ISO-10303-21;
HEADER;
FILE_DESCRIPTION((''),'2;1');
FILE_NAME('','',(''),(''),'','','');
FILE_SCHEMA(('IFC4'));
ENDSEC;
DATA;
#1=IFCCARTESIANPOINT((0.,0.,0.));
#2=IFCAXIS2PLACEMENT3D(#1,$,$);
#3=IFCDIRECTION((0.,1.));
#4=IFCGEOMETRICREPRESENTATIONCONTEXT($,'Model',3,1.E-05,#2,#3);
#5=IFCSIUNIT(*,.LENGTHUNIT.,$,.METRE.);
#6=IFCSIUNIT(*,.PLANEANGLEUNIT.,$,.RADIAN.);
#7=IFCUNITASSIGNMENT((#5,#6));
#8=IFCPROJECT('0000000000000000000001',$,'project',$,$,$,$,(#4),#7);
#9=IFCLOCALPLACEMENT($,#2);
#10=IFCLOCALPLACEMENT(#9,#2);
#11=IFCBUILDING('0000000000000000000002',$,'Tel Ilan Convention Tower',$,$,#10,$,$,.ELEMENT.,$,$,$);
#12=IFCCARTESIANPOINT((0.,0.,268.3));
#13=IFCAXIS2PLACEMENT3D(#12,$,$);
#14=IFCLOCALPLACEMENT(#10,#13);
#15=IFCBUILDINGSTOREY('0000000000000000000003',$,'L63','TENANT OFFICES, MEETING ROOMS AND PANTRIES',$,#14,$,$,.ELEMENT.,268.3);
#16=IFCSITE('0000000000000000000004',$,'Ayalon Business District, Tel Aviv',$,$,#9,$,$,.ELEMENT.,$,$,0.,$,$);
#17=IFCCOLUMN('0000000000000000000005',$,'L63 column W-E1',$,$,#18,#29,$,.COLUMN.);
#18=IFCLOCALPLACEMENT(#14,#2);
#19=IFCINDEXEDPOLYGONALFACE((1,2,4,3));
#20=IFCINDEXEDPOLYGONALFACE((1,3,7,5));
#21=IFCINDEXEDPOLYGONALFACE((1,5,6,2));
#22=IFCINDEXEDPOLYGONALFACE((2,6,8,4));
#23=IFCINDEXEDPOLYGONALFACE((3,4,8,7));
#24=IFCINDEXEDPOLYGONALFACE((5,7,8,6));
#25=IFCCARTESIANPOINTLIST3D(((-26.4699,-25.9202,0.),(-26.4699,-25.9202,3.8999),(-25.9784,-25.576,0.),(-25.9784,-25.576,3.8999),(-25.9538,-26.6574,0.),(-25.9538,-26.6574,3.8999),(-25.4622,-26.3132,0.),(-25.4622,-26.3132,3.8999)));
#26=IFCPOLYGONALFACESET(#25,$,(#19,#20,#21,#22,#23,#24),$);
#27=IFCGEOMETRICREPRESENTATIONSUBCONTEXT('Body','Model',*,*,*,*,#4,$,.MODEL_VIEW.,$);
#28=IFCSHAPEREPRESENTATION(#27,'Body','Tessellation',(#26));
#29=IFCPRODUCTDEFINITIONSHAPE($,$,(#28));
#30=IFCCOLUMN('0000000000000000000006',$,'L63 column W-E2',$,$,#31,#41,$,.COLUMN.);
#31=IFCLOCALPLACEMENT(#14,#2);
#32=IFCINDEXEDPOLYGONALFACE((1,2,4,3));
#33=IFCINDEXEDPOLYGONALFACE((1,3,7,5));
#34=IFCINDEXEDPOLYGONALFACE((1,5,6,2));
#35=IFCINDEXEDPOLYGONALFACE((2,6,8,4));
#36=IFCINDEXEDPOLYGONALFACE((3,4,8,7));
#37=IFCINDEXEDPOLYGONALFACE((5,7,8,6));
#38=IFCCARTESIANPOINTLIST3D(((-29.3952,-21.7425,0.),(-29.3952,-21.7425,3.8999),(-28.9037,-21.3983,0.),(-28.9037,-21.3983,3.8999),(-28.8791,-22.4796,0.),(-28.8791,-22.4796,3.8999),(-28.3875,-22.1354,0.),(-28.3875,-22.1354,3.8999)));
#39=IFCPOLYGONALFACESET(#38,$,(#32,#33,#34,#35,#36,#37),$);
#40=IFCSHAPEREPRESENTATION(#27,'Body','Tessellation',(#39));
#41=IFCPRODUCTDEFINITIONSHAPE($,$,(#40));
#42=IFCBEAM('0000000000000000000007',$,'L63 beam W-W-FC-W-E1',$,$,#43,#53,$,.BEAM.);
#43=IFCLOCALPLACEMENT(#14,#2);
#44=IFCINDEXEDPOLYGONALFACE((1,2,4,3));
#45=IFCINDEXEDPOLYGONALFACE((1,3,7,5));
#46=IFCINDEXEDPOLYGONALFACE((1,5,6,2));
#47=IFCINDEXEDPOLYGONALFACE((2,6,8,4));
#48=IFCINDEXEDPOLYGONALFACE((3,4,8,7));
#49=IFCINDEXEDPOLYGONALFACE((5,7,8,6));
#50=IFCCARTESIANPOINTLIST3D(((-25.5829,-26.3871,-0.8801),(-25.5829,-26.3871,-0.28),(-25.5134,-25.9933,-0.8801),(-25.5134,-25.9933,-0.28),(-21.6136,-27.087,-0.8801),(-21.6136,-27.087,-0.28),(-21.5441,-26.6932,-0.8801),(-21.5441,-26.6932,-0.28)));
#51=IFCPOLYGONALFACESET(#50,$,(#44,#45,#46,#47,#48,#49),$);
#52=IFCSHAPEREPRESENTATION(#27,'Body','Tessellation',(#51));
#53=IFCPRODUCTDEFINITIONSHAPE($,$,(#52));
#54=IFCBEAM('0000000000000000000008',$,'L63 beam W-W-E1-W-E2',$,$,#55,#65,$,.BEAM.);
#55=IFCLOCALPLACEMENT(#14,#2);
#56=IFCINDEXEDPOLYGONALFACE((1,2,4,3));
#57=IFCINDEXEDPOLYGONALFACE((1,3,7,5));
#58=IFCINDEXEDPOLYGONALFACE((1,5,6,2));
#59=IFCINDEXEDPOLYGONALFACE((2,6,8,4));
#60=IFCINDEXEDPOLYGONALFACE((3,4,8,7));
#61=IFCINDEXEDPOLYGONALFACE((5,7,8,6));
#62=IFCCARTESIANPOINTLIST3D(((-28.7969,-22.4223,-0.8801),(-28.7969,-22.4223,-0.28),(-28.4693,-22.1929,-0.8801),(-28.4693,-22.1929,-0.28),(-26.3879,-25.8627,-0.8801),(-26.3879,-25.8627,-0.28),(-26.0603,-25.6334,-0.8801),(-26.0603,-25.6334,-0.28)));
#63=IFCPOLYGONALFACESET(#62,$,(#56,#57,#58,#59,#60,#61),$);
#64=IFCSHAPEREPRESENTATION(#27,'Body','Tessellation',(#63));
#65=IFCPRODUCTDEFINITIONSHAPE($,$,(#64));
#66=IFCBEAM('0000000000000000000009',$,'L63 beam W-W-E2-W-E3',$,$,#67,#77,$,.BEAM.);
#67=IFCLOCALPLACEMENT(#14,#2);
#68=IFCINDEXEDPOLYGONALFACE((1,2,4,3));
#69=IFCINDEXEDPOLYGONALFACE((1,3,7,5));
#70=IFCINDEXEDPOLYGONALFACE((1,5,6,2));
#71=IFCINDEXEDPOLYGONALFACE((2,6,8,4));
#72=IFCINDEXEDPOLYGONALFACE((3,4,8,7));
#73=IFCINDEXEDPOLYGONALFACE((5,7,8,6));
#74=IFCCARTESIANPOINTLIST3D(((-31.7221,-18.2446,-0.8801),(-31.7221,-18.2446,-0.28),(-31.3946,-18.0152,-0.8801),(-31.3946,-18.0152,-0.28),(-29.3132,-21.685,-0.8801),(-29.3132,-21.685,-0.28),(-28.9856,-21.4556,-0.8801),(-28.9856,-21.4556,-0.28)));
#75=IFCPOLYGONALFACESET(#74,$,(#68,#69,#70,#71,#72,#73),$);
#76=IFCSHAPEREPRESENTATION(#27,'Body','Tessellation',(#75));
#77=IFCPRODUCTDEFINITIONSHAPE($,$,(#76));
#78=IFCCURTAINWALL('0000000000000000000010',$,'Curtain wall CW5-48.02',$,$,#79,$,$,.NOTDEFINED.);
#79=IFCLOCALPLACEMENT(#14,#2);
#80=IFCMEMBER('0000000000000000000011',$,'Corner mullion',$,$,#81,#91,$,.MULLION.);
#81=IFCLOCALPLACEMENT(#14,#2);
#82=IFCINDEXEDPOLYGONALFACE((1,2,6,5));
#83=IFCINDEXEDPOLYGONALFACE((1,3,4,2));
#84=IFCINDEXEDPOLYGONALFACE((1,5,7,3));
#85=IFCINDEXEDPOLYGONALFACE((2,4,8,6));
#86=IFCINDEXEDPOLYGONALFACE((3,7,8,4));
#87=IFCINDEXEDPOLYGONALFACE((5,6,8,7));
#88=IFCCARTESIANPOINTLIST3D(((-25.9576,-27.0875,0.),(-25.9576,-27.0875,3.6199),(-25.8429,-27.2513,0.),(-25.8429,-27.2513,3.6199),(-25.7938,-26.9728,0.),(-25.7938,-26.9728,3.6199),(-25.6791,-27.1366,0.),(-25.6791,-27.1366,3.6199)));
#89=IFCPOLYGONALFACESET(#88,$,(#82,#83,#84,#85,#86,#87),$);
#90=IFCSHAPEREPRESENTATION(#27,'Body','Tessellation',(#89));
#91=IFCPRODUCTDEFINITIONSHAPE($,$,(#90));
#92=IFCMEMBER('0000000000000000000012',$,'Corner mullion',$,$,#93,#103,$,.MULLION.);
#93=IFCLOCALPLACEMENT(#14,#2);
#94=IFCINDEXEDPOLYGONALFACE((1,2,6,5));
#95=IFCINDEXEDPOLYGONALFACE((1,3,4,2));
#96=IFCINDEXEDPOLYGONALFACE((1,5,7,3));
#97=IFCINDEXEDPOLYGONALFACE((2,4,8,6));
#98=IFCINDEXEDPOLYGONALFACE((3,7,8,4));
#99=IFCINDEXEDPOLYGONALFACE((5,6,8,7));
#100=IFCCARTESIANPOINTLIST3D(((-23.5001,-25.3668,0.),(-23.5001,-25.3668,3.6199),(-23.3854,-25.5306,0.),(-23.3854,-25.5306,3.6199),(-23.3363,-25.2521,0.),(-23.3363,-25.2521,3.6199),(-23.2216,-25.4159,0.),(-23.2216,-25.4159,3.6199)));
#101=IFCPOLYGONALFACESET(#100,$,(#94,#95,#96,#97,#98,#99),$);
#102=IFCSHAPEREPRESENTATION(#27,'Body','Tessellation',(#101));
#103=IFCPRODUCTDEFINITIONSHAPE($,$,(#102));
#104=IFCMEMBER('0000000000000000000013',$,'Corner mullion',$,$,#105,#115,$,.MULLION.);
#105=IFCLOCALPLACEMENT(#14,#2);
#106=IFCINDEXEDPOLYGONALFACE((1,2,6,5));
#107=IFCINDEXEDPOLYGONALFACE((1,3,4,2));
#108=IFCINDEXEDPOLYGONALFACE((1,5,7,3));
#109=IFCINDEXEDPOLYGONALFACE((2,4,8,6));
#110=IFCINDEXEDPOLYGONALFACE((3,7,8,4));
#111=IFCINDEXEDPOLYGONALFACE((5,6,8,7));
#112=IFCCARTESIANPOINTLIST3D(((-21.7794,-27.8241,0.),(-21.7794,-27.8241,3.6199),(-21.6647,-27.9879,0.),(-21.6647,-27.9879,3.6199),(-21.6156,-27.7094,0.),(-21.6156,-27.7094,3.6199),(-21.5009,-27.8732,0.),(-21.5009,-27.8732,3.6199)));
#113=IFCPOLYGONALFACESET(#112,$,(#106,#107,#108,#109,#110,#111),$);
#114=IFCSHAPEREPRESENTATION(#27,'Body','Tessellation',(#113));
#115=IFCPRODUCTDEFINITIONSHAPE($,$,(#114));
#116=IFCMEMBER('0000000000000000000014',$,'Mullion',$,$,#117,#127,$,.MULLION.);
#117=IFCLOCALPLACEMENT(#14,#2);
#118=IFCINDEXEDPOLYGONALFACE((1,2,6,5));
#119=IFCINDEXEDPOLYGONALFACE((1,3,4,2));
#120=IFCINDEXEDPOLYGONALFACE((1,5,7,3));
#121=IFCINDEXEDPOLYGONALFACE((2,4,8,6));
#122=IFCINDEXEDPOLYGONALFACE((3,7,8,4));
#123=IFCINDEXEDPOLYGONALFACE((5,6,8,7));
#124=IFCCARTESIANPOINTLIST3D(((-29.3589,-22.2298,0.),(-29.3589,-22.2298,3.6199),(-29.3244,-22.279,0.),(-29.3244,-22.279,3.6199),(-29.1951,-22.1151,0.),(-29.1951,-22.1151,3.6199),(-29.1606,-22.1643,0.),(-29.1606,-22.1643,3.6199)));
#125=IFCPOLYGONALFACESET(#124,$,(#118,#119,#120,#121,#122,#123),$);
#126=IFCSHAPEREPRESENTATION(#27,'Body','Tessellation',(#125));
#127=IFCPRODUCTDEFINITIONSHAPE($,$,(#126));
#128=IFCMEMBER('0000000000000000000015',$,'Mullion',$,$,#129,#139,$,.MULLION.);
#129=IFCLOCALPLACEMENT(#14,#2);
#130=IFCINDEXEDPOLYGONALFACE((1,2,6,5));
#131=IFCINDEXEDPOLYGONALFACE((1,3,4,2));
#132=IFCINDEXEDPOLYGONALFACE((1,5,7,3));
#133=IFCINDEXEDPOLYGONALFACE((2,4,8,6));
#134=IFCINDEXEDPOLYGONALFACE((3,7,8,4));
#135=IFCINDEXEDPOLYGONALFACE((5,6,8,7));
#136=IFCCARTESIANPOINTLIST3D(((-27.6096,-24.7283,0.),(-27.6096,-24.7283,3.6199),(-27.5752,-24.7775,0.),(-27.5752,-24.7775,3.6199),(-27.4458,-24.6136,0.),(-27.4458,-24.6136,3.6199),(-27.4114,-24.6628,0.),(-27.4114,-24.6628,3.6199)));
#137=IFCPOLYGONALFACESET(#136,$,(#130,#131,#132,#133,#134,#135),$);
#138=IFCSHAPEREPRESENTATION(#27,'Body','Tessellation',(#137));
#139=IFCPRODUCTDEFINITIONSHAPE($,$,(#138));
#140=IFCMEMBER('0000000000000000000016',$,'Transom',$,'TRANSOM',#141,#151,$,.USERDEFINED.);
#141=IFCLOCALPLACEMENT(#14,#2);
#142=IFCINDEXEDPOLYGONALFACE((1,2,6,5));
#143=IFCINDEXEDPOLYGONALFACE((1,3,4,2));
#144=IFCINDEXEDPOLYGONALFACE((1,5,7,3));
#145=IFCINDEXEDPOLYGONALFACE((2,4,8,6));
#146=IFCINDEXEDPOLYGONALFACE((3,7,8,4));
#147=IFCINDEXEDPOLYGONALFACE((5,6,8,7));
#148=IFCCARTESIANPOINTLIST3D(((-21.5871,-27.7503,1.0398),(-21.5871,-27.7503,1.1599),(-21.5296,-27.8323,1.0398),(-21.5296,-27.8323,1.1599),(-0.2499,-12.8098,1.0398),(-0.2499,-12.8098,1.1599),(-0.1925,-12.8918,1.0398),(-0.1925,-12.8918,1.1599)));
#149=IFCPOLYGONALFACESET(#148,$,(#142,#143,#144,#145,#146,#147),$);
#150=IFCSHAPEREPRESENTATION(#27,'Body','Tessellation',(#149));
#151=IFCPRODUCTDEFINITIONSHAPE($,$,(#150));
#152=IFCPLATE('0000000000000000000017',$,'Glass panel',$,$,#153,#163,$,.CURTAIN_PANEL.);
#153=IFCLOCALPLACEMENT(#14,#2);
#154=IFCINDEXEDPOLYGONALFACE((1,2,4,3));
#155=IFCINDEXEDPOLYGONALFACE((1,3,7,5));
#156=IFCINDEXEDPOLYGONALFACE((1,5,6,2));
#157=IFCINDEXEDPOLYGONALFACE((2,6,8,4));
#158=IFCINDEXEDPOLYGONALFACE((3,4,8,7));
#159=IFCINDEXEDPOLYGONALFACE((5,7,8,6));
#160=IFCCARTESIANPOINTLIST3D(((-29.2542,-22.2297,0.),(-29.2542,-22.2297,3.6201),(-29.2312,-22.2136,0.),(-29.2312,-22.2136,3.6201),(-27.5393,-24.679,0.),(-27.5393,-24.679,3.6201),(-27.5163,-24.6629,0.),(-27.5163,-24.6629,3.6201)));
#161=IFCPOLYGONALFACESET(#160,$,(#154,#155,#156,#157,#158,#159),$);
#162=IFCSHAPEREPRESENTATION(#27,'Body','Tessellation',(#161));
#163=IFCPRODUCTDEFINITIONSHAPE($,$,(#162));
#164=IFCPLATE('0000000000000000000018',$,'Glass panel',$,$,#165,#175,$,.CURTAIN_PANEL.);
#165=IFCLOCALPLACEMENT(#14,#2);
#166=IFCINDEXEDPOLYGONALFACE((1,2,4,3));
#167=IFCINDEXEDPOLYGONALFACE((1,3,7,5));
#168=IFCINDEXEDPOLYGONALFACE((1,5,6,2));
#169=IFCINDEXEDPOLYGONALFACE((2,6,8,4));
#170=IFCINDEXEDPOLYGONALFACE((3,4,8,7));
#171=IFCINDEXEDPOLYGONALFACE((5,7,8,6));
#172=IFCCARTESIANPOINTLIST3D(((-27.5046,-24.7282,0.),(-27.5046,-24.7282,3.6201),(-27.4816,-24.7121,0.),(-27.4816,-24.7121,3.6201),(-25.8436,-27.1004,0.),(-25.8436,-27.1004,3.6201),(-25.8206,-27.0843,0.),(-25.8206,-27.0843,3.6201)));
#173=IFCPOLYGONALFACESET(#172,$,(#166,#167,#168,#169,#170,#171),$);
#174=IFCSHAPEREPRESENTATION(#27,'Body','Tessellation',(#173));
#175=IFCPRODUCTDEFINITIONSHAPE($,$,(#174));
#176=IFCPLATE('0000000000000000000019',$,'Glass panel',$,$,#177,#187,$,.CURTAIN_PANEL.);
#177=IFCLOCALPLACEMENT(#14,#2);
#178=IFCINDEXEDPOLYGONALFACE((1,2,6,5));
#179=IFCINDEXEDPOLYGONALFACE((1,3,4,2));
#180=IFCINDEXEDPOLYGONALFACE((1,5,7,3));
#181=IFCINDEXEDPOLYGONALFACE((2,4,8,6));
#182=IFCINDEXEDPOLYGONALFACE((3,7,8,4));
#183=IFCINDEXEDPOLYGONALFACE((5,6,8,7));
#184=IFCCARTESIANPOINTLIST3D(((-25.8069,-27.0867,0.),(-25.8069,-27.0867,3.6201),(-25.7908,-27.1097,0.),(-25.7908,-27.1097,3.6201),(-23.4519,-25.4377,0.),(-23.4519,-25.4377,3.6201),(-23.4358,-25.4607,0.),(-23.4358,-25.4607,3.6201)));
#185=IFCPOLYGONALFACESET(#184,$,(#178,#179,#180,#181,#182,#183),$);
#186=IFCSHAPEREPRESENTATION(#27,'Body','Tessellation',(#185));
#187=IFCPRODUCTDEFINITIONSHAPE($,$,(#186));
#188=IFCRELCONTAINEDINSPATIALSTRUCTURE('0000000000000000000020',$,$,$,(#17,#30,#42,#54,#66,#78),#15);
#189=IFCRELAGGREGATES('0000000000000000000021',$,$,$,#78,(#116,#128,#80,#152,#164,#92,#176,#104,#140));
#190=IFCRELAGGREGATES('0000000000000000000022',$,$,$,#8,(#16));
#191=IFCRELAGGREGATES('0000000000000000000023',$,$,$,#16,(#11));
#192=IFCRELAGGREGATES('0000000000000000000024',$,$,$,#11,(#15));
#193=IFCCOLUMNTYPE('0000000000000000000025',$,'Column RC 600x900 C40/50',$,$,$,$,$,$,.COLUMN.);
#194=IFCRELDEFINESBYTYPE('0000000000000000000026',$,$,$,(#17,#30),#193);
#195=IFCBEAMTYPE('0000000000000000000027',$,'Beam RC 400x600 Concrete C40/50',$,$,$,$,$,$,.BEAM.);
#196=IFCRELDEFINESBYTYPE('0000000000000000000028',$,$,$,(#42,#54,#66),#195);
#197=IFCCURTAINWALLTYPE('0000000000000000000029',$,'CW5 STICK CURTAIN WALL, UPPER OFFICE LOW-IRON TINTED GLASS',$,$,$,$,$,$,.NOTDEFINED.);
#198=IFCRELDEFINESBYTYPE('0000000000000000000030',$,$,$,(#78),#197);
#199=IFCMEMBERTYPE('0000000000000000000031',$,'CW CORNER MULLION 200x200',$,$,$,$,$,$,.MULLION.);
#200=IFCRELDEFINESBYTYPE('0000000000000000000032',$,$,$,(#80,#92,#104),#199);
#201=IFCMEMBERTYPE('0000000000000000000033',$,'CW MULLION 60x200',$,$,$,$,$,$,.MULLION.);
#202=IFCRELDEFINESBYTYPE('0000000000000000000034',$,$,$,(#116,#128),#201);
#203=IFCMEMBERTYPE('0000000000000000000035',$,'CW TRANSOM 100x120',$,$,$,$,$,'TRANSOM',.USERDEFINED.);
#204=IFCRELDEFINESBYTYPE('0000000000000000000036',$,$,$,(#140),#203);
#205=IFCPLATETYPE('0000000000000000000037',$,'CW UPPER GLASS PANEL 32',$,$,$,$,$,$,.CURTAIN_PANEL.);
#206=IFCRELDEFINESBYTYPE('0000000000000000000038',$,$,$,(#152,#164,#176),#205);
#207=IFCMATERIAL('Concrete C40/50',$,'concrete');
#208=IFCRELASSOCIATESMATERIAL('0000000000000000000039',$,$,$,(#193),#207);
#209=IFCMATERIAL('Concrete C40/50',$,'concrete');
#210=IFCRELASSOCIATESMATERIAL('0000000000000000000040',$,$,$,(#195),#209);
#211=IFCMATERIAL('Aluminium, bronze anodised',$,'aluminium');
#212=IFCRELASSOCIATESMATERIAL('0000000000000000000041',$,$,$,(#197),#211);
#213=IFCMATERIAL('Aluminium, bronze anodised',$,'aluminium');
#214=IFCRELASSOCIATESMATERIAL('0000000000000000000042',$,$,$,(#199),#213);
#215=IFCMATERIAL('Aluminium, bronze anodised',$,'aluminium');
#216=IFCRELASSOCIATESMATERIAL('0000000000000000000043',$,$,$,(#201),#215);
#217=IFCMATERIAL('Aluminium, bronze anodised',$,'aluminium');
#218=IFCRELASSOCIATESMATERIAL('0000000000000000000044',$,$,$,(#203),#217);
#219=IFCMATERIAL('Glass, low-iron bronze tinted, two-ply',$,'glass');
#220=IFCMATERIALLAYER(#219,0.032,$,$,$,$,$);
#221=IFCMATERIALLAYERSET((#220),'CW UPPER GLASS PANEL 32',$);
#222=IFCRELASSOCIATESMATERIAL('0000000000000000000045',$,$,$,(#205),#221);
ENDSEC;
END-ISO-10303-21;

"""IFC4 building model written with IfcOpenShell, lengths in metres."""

from ifc_helpers import new_model, si_unit, direction, frame, origin, origin_2d, place, context, subcontext, project, spatial, rectangle, extrude, material, layer, layer_set, material_profile, profile_set, type_object, element, aggregate, save


model = new_model("IFC4")

# Units and contexts
model_context = context("Model", 3, precision=1e-05, world=origin(), true_north=direction((0.0, 1.0)))
body_context = subcontext(model_context, "Body", "Model", "MODEL_VIEW")
ifc_project = project(units=[si_unit("LENGTHUNIT", "METRE"), si_unit("PLANEANGLEUNIT", "RADIAN")], contexts=[model_context])

# Site, building, storey
site_placement = place(None, origin())
site = spatial("IfcSite", under=ifc_project, at=site_placement, Name="Ayalon Business District, Tel Aviv", CompositionType="ELEMENT", RefElevation=0.0)
building_placement = place(site_placement, origin())
building = spatial("IfcBuilding", under=site, at=building_placement, Name="Tel Ilan Convention Tower", CompositionType="ELEMENT")
storey_placement = place(building_placement, frame((0.0, 0.0, 268.3)))
storey = spatial("IfcBuildingStorey", under=building, at=storey_placement, Name="L63", Description="TENANT OFFICES, MEETING ROOMS AND PANTRIES", CompositionType="ELEMENT", Elevation=268.3)

# Columns
ifc_material_1 = material(Name="Concrete C40/50", Category="concrete")
ifc_material_profile_1 = material_profile(ifc_material_1, rectangle(XDim=0.8999, YDim=0.6001, at=origin_2d()), Name="RC 600x900")
ifc_profile_set_1 = profile_set([ifc_material_profile_1], Name="Concrete C40/50")
column_type = type_object("IfcColumnType", Name="Column RC 600x900 C40/50", PredefinedType="COLUMN", material=ifc_profile_set_1)
for number, where, z_axis, x_axis, name in (
    (1, (-25.9661, -26.1167, 0.0), (0.0, 0.0, 1.0), (-0.573576, 0.819152, 0.0), "L63 column W-E1"),
    (2, (-28.8914, -21.939, 0.0), (0.0, 0.0, 1.0), (-0.573576, 0.819152, 0.0), "L63 column W-E2"),
):
    element("IfcColumn", number, at=place(storey_placement, frame(where, z_axis=z_axis, x_axis=x_axis)), inside=storey, type_object=column_type, Name=name, PredefinedType="COLUMN", context=body_context, shape_type="SweptSolid", body=[
        extrude(rectangle(XDim=0.8999, YDim=0.6001, at=origin_2d()), origin(), (0.0, 0.0, 1.0), 3.8999),
    ])

# Beams
ifc_material_2 = material(Name="Concrete C40/50", Category="concrete")
ifc_material_profile_2 = material_profile(ifc_material_2, rectangle(XDim=0.3999, YDim=0.6001, at=origin_2d()), Name="RC 400x600")
ifc_profile_set_2 = profile_set([ifc_material_profile_2], Name="Concrete C40/50")
beam_type = type_object("IfcBeamType", Name="Beam RC 400x600 Concrete C40/50", PredefinedType="BEAM", material=ifc_profile_set_2)
beam_placement = place(storey_placement, frame((-21.5789, -26.8901, -0.5801), z_axis=(-0.984805, 0.173664, 0.0), x_axis=(-0.173664, -0.984805, 0.0)))
element("IfcBeam", 3, at=beam_placement, inside=storey, type_object=beam_type, Name="L63 beam W-W-FC-W-E1", PredefinedType="BEAM", context=body_context, shape_type="SweptSolid", body=[
    extrude(rectangle(XDim=0.3999, YDim=0.6001, at=origin_2d()), origin(), (0.0, 0.0, 1.0), 4.0305),
])
for number, where, z_axis, x_axis, name in (
    (4, (-26.2241, -25.748, -0.5801), (-0.573564, 0.819161, 0.0), (-0.819161, -0.573564, 0.0), "L63 beam W-W-E1-W-E2"),
    (5, (-29.1494, -21.5703, -0.5801), (-0.573564, 0.819161, 0.0), (-0.819161, -0.573564, 0.0), "L63 beam W-W-E2-W-E3"),
):
    element("IfcBeam", number, at=place(storey_placement, frame(where, z_axis=z_axis, x_axis=x_axis)), inside=storey, type_object=beam_type, Name=name, PredefinedType="BEAM", context=body_context, shape_type="SweptSolid", body=[
        extrude(rectangle(XDim=0.3999, YDim=0.6001, at=origin_2d()), origin(), (0.0, 0.0, 1.0), 4.2),
    ])

# Curtain wall, members, plates
ifc_material_3 = material(Name="Aluminium, bronze anodised", Category="aluminium")
curtain_wall_type = type_object("IfcCurtainWallType", Name="CW5 STICK CURTAIN WALL, UPPER OFFICE LOW-IRON TINTED GLASS", PredefinedType="NOTDEFINED", material=ifc_material_3)
curtain_wall_placement = place(storey_placement, origin())
curtain_wall = element("IfcCurtainWall", 6, at=curtain_wall_placement, inside=storey, type_object=curtain_wall_type, Name="Curtain wall CW5-48.02", PredefinedType="NOTDEFINED")
ifc_material_4 = material(Name="Aluminium, bronze anodised", Category="aluminium")
ifc_material_profile_3 = material_profile(ifc_material_4, rectangle(XDim=0.2, YDim=0.2, at=origin_2d()), Name="CW CORNER MULLION 200x200")
ifc_profile_set_3 = profile_set([ifc_material_profile_3], Name="Aluminium, bronze anodised")
member_type_1 = type_object("IfcMemberType", Name="CW CORNER MULLION 200x200", PredefinedType="MULLION", material=ifc_profile_set_3)
member_1_placement = place(storey_placement, frame((-25.8184, -27.1121, 0.0), z_axis=(0.0, 0.0, 1.0), x_axis=(0.573576, -0.819152, 0.0)))
member_1 = element("IfcMember", 7, at=member_1_placement, type_object=member_type_1, Name="Corner mullion", PredefinedType="MULLION", context=body_context, shape_type="SweptSolid", body=[
    extrude(rectangle(XDim=0.2, YDim=0.2, at=origin_2d()), origin(), (0.0, 0.0, 1.0), 3.6199),
])
member_2_placement = place(storey_placement, frame((-23.3608, -25.3914, 0.0), z_axis=(0.0, 0.0, 1.0), x_axis=(0.819152, 0.573576, 0.0)))
member_2 = element("IfcMember", 8, at=member_2_placement, type_object=member_type_1, Name="Corner mullion", PredefinedType="MULLION", context=body_context, shape_type="SweptSolid", body=[
    extrude(rectangle(XDim=0.2, YDim=0.2, at=origin_2d()), origin(), (0.0, 0.0, 1.0), 3.6199),
])
member_3_placement = place(storey_placement, frame((-21.6401, -27.8486, 0.0), z_axis=(0.0, 0.0, 1.0), x_axis=(0.573576, -0.819152, 0.0)))
member_3 = element("IfcMember", 9, at=member_3_placement, type_object=member_type_1, Name="Corner mullion", PredefinedType="MULLION", context=body_context, shape_type="SweptSolid", body=[
    extrude(rectangle(XDim=0.2, YDim=0.2, at=origin_2d()), origin(), (0.0, 0.0, 1.0), 3.6199),
])
ifc_material_5 = material(Name="Aluminium, bronze anodised", Category="aluminium")
ifc_material_profile_4 = material_profile(ifc_material_5, rectangle(XDim=0.0601, YDim=0.2, at=origin_2d()), Name="CW MULLION 60x200")
ifc_profile_set_4 = profile_set([ifc_material_profile_4], Name="Aluminium, bronze anodised")
member_type_2 = type_object("IfcMemberType", Name="CW MULLION 60x200", PredefinedType="MULLION", material=ifc_profile_set_4)
member_4_placement = place(storey_placement, frame((-29.2598, -22.197, 0.0), z_axis=(0.0, 0.0, 1.0), x_axis=(0.573576, -0.819152, 0.0)))
member_4 = element("IfcMember", 10, at=member_4_placement, type_object=member_type_2, Name="Mullion", PredefinedType="MULLION", context=body_context, shape_type="SweptSolid", body=[
    extrude(rectangle(XDim=0.0601, YDim=0.2, at=origin_2d()), origin(), (0.0, 0.0, 1.0), 3.6199),
])
member_5_placement = place(storey_placement, frame((-27.5105, -24.6956, 0.0), z_axis=(0.0, 0.0, 1.0), x_axis=(0.573576, -0.819152, 0.0)))
member_5 = element("IfcMember", 11, at=member_5_placement, type_object=member_type_2, Name="Mullion", PredefinedType="MULLION", context=body_context, shape_type="SweptSolid", body=[
    extrude(rectangle(XDim=0.0601, YDim=0.2, at=origin_2d()), origin(), (0.0, 0.0, 1.0), 3.6199),
])
ifc_material_6 = material(Name="Aluminium, bronze anodised", Category="aluminium")
ifc_material_profile_5 = material_profile(ifc_material_6, rectangle(XDim=0.1001, YDim=0.1201, at=origin_2d()), Name="CW TRANSOM 100x120")
ifc_profile_set_5 = profile_set([ifc_material_profile_5], Name="Aluminium, bronze anodised")
member_type_3 = type_object("IfcMemberType", Name="CW TRANSOM 100x120", ElementType="TRANSOM", PredefinedType="USERDEFINED", material=ifc_profile_set_5)
member_6_placement = place(storey_placement, frame((-21.5583, -27.7913, 1.0999), z_axis=(0.819152, 0.573576, 0.0), x_axis=(-0.573576, 0.819152, 0.0)))
member_6 = element("IfcMember", 12, at=member_6_placement, type_object=member_type_3, Name="Transom", ObjectType="TRANSOM", PredefinedType="USERDEFINED", context=body_context, shape_type="SweptSolid", body=[
    extrude(rectangle(XDim=0.1001, YDim=0.1201, at=origin_2d()), origin(), (0.0, 0.0, 1.0), 26.0479),
])
ifc_material_7 = material(Name="Glass, low-iron bronze tinted, two-ply", Category="glass")
ifc_layer_1 = layer(ifc_material_7, 0.032)
ifc_layer_set_1 = layer_set([ifc_layer_1], Name="CW UPPER GLASS PANEL 32")
plate_type = type_object("IfcPlateType", Name="CW UPPER GLASS PANEL 32", PredefinedType="CURTAIN_PANEL", material=ifc_layer_set_1)
plate_1_placement = place(storey_placement, frame((-28.3853, -23.4463, 0.0), z_axis=(0.0, 0.0, 1.0), x_axis=(0.573576, -0.819152, 0.0)))
plate_1 = element("IfcPlate", 13, at=plate_1_placement, type_object=plate_type, Name="Glass panel", PredefinedType="CURTAIN_PANEL", context=body_context, shape_type="SweptSolid", body=[
    extrude(rectangle(XDim=2.99, YDim=0.0281, at=origin_2d()), origin(), (0.0, 0.0, 1.0), 3.6201),
])
plate_2_placement = place(storey_placement, frame((-26.6626, -25.9062, 0.0), z_axis=(0.0, 0.0, 1.0), x_axis=(0.573576, -0.819152, 0.0)))
plate_2 = element("IfcPlate", 14, at=plate_2_placement, type_object=plate_type, Name="Glass panel", PredefinedType="CURTAIN_PANEL", context=body_context, shape_type="SweptSolid", body=[
    extrude(rectangle(XDim=2.896, YDim=0.0281, at=origin_2d()), origin(), (0.0, 0.0, 1.0), 3.6201),
])
plate_3_placement = place(storey_placement, frame((-24.6213, -26.2737, 0.0), z_axis=(0.0, 0.0, 1.0), x_axis=(0.819152, 0.573576, 0.0)))
plate_3 = element("IfcPlate", 15, at=plate_3_placement, type_object=plate_type, Name="Glass panel", PredefinedType="CURTAIN_PANEL", context=body_context, shape_type="SweptSolid", body=[
    extrude(rectangle(XDim=2.875, YDim=0.0281, at=origin_2d()), origin(), (0.0, 0.0, 1.0), 3.6201),
])
aggregate(curtain_wall, [member_4, member_5, member_1, plate_1, plate_2, member_2, plate_3, member_3, member_6])

save(model, "model.ifc")
